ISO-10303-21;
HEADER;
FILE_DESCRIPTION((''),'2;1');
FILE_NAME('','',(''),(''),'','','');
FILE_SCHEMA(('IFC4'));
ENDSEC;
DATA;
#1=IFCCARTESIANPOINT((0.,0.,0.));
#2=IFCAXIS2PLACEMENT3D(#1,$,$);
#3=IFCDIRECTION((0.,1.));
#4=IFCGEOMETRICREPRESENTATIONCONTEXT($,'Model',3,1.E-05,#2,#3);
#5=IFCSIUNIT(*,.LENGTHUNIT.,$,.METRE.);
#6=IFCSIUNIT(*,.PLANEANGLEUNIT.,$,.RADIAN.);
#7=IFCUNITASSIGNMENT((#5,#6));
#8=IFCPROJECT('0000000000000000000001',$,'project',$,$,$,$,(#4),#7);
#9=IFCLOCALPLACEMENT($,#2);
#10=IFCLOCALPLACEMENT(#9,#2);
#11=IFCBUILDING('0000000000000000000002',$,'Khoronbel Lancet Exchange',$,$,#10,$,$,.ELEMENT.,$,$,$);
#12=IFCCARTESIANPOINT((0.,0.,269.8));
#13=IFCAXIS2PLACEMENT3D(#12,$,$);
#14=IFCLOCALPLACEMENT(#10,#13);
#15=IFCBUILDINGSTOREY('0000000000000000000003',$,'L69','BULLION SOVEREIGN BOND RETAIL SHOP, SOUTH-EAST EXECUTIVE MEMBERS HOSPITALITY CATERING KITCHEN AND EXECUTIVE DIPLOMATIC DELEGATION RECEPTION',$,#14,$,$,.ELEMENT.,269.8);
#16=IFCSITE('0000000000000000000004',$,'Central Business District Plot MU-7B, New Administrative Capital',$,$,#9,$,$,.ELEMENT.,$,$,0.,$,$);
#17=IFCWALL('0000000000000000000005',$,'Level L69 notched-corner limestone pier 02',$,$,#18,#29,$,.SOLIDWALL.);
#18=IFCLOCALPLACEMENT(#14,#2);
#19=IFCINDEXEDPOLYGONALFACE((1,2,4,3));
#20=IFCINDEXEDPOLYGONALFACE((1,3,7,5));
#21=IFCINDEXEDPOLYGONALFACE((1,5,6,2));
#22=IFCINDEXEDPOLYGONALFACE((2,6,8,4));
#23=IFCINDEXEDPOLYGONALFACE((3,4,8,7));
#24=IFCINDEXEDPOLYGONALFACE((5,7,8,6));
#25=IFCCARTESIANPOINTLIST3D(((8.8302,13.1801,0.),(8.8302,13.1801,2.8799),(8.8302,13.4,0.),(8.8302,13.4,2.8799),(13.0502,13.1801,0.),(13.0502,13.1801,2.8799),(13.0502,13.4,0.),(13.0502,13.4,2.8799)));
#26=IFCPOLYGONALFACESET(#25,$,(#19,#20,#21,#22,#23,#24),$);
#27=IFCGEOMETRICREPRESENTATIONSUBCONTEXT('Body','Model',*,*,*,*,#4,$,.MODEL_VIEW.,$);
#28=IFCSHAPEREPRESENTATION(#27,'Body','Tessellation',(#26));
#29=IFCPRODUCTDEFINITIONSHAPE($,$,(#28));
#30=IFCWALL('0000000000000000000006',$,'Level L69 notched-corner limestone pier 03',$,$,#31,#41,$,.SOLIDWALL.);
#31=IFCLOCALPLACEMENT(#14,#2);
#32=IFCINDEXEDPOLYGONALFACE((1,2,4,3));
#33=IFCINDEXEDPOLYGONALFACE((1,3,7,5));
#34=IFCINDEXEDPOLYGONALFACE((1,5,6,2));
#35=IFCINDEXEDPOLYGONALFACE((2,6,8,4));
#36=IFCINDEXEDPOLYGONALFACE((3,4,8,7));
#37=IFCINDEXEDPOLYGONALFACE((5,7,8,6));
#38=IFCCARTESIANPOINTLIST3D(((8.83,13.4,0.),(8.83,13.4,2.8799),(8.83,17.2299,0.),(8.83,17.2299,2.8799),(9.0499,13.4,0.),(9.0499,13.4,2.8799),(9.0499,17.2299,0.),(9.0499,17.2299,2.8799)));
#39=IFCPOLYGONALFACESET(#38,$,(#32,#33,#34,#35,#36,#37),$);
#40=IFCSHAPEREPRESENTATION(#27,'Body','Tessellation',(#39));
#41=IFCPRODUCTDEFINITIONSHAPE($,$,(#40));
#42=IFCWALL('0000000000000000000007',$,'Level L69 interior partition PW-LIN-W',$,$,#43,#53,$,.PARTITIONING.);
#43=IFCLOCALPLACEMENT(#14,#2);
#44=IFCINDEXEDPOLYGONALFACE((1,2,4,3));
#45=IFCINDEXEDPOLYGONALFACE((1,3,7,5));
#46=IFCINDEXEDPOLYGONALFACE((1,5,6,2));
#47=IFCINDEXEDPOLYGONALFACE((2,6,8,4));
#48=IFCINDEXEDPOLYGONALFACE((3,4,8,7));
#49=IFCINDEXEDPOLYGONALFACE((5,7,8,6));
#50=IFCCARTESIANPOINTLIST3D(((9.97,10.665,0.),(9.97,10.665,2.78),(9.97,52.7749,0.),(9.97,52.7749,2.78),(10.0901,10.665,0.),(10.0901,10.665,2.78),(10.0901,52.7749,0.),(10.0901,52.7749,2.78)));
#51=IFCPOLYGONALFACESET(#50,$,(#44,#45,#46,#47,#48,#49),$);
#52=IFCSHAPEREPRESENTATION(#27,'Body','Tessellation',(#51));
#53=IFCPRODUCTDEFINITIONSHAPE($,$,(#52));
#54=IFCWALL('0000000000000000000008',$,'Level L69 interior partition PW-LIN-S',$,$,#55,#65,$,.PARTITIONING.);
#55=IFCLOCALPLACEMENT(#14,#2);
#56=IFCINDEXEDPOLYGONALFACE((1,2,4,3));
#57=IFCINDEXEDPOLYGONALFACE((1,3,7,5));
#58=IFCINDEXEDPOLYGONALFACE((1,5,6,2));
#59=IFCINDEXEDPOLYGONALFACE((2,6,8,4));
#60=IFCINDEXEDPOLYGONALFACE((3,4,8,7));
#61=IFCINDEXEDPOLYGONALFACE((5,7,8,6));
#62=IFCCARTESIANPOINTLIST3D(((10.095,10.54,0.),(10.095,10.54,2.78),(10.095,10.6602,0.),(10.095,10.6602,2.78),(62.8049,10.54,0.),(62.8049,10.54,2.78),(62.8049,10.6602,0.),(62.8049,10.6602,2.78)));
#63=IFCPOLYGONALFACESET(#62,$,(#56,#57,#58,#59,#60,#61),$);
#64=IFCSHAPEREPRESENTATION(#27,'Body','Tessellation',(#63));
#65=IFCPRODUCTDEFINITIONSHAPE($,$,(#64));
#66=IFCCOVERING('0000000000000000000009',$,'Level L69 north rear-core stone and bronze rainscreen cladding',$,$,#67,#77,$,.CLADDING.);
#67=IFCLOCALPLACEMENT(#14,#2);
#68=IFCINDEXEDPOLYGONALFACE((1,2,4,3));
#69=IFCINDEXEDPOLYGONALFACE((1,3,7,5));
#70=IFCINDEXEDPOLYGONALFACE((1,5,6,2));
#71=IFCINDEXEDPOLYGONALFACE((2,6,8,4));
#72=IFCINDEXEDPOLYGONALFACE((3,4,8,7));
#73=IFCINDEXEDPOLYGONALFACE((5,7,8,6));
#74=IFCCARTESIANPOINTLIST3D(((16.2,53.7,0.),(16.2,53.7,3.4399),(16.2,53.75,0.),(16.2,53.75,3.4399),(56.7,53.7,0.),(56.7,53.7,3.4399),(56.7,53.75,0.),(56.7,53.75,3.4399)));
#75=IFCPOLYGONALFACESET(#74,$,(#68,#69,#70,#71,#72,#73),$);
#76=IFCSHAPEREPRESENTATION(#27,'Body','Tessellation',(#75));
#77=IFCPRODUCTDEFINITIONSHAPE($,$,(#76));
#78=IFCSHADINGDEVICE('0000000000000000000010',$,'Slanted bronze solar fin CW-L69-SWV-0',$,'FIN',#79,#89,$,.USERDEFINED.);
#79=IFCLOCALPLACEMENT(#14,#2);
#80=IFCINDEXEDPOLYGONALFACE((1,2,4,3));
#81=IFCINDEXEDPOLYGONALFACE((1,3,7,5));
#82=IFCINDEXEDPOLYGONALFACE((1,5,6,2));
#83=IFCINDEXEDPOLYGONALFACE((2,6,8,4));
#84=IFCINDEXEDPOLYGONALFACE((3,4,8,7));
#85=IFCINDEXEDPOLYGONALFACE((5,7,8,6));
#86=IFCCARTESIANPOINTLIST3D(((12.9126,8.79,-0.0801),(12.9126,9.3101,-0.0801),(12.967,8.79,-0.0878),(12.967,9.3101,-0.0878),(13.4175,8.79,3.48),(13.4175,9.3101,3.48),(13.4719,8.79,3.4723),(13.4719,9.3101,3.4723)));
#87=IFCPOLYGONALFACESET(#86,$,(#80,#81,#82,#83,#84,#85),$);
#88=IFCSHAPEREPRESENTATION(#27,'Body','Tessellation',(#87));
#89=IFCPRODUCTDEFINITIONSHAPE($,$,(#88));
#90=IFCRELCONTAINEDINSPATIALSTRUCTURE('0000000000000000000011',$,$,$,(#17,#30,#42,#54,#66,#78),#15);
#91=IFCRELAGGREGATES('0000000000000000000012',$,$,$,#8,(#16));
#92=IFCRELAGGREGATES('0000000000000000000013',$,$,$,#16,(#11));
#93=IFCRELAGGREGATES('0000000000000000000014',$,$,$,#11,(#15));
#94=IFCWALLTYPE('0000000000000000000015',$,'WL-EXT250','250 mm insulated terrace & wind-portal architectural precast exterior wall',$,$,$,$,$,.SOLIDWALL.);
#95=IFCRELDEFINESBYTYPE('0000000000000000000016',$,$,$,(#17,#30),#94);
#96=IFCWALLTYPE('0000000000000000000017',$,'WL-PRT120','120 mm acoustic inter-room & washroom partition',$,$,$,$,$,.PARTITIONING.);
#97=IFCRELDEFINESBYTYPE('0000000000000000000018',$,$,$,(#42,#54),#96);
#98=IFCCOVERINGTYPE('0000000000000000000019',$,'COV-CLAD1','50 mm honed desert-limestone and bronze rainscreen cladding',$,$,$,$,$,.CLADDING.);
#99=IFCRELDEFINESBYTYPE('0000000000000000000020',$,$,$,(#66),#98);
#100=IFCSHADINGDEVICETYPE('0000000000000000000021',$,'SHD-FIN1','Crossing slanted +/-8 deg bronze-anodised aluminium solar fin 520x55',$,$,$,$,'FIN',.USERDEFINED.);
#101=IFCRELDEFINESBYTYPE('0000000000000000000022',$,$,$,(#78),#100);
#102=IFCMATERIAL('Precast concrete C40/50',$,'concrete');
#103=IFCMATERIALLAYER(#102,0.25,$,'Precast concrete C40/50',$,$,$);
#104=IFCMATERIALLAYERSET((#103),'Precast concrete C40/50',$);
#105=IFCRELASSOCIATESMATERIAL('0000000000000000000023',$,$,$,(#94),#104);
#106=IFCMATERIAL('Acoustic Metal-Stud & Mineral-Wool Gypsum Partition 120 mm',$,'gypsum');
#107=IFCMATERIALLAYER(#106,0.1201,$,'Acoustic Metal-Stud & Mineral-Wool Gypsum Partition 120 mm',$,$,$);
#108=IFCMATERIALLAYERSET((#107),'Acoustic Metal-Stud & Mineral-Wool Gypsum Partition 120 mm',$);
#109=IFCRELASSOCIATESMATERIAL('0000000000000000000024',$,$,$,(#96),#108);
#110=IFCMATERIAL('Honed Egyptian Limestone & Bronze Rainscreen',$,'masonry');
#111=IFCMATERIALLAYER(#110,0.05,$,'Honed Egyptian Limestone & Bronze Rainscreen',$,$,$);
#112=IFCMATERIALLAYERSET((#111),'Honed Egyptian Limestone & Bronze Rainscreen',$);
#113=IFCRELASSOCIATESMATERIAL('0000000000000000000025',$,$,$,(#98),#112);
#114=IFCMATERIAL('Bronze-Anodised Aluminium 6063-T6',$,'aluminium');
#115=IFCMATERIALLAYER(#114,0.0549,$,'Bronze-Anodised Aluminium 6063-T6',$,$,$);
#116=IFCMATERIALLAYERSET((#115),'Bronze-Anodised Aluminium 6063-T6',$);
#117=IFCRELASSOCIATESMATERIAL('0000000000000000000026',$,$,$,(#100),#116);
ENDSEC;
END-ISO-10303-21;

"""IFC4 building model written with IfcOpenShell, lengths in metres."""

from ifc_helpers import new_model, si_unit, direction, frame, frame_2d, origin, place, context, subcontext, project, spatial, polyline, rectangle, outline, extrude, material, layer, layer_set, type_object, element, save


model = new_model("IFC4")

# Units and contexts
model_context = context("Model", 3, precision=1e-05, world=origin(), true_north=direction((0.0, 1.0)))
body_context = subcontext(model_context, "Body", "Model", "MODEL_VIEW")
ifc_project = project(units=[si_unit("LENGTHUNIT", "METRE"), si_unit("PLANEANGLEUNIT", "RADIAN")], contexts=[model_context])

# Site, building, storey
site_placement = place(None, origin())
site = spatial("IfcSite", under=ifc_project, at=site_placement, Name="Central Business District Plot MU-7B, New Administrative Capital", CompositionType="ELEMENT", RefElevation=0.0)
building_placement = place(site_placement, origin())
building = spatial("IfcBuilding", under=site, at=building_placement, Name="Khoronbel Lancet Exchange", CompositionType="ELEMENT")
storey_placement = place(building_placement, frame((0.0, 0.0, 269.8)))
storey = spatial("IfcBuildingStorey", under=building, at=storey_placement, Name="L69", Description="BULLION SOVEREIGN BOND RETAIL SHOP, SOUTH-EAST EXECUTIVE MEMBERS HOSPITALITY CATERING KITCHEN AND EXECUTIVE DIPLOMATIC DELEGATION RECEPTION", CompositionType="ELEMENT", Elevation=269.8)

# Shared definitions
ifc_material_1 = material(Name="Bronze-Anodised Aluminium 6063-T6", Category="aluminium")

# Walls
ifc_material_2 = material(Name="Precast concrete C40/50", Category="concrete")
ifc_layer_1 = layer(ifc_material_2, 0.25, Name="Precast concrete C40/50")
ifc_layer_set_1 = layer_set([ifc_layer_1], Name="Precast concrete C40/50")
wall_type_1 = type_object("IfcWallType", Name="WL-EXT250", Description="250 mm insulated terrace & wind-portal architectural precast exterior wall", PredefinedType="SOLIDWALL", material=ifc_layer_set_1)
wall_1_placement = place(storey_placement, frame((13.05, 13.29, 0.0), z_axis=(0.0, 0.0, 1.0), x_axis=(-1.0, 0.0, 0.0)))
element("IfcWall", 1, at=wall_1_placement, inside=storey, type_object=wall_type_1, Name="Level L69 notched-corner limestone pier 02", PredefinedType="SOLIDWALL", context=body_context, shape_type="SweptSolid", body=[
    extrude(rectangle(XDim=4.22, YDim=0.22, at=frame_2d((2.1099, 0.0))), origin(), (0.0, 0.0, 1.0), 2.8799),
])
wall_2_placement = place(storey_placement, frame((8.9399, 13.3999, 0.0), z_axis=(0.0, 0.0, 1.0), x_axis=(0.0, 1.0, 0.0)))
element("IfcWall", 2, at=wall_2_placement, inside=storey, type_object=wall_type_1, Name="Level L69 notched-corner limestone pier 03", PredefinedType="SOLIDWALL", context=body_context, shape_type="SweptSolid", body=[
    extrude(rectangle(XDim=3.8298, YDim=0.22, at=frame_2d((1.915, 0.0))), origin(), (0.0, 0.0, 1.0), 2.8799),
])
ifc_material_3 = material(Name="Acoustic Metal-Stud & Mineral-Wool Gypsum Partition 120 mm", Category="gypsum")
ifc_layer_2 = layer(ifc_material_3, 0.1201, Name="Acoustic Metal-Stud & Mineral-Wool Gypsum Partition 120 mm")
ifc_layer_set_2 = layer_set([ifc_layer_2], Name="Acoustic Metal-Stud & Mineral-Wool Gypsum Partition 120 mm")
wall_type_2 = type_object("IfcWallType", Name="WL-PRT120", Description="120 mm acoustic inter-room & washroom partition", PredefinedType="PARTITIONING", material=ifc_layer_set_2)
wall_3_placement = place(storey_placement, frame((10.03, 10.665, 0.0), z_axis=(0.0, 0.0, 1.0), x_axis=(0.0, 1.0, 0.0)))
element("IfcWall", 3, at=wall_3_placement, inside=storey, type_object=wall_type_2, Name="Level L69 interior partition PW-LIN-W", PredefinedType="PARTITIONING", context=body_context, shape_type="SweptSolid", body=[
    extrude(rectangle(XDim=42.1099, YDim=0.1201, at=frame_2d((21.0549, 0.0))), origin(), (0.0, 0.0, 1.0), 2.78),
])
wall_4_placement = place(storey_placement, frame((10.095, 10.6001, 0.0), z_axis=(0.0, 0.0, 1.0), x_axis=(1.0, 0.0, 0.0)))
element("IfcWall", 4, at=wall_4_placement, inside=storey, type_object=wall_type_2, Name="Level L69 interior partition PW-LIN-S", PredefinedType="PARTITIONING", context=body_context, shape_type="SweptSolid", body=[
    extrude(rectangle(XDim=52.71, YDim=0.1201, at=frame_2d((26.355, 0.0))), origin(), (0.0, 0.0, 1.0), 2.78),
])

# Covering
ifc_material_4 = material(Name="Honed Egyptian Limestone & Bronze Rainscreen", Category="masonry")
ifc_layer_3 = layer(ifc_material_4, 0.05, Name="Honed Egyptian Limestone & Bronze Rainscreen")
ifc_layer_set_3 = layer_set([ifc_layer_3], Name="Honed Egyptian Limestone & Bronze Rainscreen")
covering_type = type_object("IfcCoveringType", Name="COV-CLAD1", Description="50 mm honed desert-limestone and bronze rainscreen cladding", PredefinedType="CLADDING", material=ifc_layer_set_3)
covering_placement = place(storey_placement, origin())
element("IfcCovering", 5, at=covering_placement, inside=storey, type_object=covering_type, Name="Level L69 north rear-core stone and bronze rainscreen cladding", PredefinedType="CLADDING", context=body_context, shape_type="SweptSolid", body=[
    extrude(outline(polyline([(16.2, 53.7), (56.7, 53.7), (56.7, 53.75), (16.2, 53.75), (16.2, 53.7)])), origin(), (0.0, 0.0, 1.0), 3.4399),
])

# Shading device
ifc_layer_4 = layer(ifc_material_1, 0.0549, Name="Bronze-Anodised Aluminium 6063-T6")
ifc_layer_set_4 = layer_set([ifc_layer_4], Name="Bronze-Anodised Aluminium 6063-T6")
shading_device_type = type_object("IfcShadingDeviceType", Name="SHD-FIN1", Description="Crossing slanted +/-8 deg bronze-anodised aluminium solar fin 520x55", ElementType="FIN", PredefinedType="USERDEFINED", material=ifc_layer_set_4)
shading_device_placement = place(storey_placement, frame((12.9126, 9.3101, -0.0801), z_axis=(-0.990093, 0.0, 0.140414), x_axis=(0.0, -1.0, 0.0)))
element("IfcShadingDevice", 6, at=shading_device_placement, inside=storey, type_object=shading_device_type, Name="Slanted bronze solar fin CW-L69-SWV-0", ObjectType="FIN", PredefinedType="USERDEFINED", context=body_context, shape_type="SweptSolid", body=[
    extrude(outline(polyline([(0.0, 0.0), (0.52, 0.0), (0.52, 3.5957), (0.0, 3.5957), (0.0, 0.0)])), origin(), (0.0, 0.0, -1.0), 0.0549),
])

save(model, "model.ifc")
